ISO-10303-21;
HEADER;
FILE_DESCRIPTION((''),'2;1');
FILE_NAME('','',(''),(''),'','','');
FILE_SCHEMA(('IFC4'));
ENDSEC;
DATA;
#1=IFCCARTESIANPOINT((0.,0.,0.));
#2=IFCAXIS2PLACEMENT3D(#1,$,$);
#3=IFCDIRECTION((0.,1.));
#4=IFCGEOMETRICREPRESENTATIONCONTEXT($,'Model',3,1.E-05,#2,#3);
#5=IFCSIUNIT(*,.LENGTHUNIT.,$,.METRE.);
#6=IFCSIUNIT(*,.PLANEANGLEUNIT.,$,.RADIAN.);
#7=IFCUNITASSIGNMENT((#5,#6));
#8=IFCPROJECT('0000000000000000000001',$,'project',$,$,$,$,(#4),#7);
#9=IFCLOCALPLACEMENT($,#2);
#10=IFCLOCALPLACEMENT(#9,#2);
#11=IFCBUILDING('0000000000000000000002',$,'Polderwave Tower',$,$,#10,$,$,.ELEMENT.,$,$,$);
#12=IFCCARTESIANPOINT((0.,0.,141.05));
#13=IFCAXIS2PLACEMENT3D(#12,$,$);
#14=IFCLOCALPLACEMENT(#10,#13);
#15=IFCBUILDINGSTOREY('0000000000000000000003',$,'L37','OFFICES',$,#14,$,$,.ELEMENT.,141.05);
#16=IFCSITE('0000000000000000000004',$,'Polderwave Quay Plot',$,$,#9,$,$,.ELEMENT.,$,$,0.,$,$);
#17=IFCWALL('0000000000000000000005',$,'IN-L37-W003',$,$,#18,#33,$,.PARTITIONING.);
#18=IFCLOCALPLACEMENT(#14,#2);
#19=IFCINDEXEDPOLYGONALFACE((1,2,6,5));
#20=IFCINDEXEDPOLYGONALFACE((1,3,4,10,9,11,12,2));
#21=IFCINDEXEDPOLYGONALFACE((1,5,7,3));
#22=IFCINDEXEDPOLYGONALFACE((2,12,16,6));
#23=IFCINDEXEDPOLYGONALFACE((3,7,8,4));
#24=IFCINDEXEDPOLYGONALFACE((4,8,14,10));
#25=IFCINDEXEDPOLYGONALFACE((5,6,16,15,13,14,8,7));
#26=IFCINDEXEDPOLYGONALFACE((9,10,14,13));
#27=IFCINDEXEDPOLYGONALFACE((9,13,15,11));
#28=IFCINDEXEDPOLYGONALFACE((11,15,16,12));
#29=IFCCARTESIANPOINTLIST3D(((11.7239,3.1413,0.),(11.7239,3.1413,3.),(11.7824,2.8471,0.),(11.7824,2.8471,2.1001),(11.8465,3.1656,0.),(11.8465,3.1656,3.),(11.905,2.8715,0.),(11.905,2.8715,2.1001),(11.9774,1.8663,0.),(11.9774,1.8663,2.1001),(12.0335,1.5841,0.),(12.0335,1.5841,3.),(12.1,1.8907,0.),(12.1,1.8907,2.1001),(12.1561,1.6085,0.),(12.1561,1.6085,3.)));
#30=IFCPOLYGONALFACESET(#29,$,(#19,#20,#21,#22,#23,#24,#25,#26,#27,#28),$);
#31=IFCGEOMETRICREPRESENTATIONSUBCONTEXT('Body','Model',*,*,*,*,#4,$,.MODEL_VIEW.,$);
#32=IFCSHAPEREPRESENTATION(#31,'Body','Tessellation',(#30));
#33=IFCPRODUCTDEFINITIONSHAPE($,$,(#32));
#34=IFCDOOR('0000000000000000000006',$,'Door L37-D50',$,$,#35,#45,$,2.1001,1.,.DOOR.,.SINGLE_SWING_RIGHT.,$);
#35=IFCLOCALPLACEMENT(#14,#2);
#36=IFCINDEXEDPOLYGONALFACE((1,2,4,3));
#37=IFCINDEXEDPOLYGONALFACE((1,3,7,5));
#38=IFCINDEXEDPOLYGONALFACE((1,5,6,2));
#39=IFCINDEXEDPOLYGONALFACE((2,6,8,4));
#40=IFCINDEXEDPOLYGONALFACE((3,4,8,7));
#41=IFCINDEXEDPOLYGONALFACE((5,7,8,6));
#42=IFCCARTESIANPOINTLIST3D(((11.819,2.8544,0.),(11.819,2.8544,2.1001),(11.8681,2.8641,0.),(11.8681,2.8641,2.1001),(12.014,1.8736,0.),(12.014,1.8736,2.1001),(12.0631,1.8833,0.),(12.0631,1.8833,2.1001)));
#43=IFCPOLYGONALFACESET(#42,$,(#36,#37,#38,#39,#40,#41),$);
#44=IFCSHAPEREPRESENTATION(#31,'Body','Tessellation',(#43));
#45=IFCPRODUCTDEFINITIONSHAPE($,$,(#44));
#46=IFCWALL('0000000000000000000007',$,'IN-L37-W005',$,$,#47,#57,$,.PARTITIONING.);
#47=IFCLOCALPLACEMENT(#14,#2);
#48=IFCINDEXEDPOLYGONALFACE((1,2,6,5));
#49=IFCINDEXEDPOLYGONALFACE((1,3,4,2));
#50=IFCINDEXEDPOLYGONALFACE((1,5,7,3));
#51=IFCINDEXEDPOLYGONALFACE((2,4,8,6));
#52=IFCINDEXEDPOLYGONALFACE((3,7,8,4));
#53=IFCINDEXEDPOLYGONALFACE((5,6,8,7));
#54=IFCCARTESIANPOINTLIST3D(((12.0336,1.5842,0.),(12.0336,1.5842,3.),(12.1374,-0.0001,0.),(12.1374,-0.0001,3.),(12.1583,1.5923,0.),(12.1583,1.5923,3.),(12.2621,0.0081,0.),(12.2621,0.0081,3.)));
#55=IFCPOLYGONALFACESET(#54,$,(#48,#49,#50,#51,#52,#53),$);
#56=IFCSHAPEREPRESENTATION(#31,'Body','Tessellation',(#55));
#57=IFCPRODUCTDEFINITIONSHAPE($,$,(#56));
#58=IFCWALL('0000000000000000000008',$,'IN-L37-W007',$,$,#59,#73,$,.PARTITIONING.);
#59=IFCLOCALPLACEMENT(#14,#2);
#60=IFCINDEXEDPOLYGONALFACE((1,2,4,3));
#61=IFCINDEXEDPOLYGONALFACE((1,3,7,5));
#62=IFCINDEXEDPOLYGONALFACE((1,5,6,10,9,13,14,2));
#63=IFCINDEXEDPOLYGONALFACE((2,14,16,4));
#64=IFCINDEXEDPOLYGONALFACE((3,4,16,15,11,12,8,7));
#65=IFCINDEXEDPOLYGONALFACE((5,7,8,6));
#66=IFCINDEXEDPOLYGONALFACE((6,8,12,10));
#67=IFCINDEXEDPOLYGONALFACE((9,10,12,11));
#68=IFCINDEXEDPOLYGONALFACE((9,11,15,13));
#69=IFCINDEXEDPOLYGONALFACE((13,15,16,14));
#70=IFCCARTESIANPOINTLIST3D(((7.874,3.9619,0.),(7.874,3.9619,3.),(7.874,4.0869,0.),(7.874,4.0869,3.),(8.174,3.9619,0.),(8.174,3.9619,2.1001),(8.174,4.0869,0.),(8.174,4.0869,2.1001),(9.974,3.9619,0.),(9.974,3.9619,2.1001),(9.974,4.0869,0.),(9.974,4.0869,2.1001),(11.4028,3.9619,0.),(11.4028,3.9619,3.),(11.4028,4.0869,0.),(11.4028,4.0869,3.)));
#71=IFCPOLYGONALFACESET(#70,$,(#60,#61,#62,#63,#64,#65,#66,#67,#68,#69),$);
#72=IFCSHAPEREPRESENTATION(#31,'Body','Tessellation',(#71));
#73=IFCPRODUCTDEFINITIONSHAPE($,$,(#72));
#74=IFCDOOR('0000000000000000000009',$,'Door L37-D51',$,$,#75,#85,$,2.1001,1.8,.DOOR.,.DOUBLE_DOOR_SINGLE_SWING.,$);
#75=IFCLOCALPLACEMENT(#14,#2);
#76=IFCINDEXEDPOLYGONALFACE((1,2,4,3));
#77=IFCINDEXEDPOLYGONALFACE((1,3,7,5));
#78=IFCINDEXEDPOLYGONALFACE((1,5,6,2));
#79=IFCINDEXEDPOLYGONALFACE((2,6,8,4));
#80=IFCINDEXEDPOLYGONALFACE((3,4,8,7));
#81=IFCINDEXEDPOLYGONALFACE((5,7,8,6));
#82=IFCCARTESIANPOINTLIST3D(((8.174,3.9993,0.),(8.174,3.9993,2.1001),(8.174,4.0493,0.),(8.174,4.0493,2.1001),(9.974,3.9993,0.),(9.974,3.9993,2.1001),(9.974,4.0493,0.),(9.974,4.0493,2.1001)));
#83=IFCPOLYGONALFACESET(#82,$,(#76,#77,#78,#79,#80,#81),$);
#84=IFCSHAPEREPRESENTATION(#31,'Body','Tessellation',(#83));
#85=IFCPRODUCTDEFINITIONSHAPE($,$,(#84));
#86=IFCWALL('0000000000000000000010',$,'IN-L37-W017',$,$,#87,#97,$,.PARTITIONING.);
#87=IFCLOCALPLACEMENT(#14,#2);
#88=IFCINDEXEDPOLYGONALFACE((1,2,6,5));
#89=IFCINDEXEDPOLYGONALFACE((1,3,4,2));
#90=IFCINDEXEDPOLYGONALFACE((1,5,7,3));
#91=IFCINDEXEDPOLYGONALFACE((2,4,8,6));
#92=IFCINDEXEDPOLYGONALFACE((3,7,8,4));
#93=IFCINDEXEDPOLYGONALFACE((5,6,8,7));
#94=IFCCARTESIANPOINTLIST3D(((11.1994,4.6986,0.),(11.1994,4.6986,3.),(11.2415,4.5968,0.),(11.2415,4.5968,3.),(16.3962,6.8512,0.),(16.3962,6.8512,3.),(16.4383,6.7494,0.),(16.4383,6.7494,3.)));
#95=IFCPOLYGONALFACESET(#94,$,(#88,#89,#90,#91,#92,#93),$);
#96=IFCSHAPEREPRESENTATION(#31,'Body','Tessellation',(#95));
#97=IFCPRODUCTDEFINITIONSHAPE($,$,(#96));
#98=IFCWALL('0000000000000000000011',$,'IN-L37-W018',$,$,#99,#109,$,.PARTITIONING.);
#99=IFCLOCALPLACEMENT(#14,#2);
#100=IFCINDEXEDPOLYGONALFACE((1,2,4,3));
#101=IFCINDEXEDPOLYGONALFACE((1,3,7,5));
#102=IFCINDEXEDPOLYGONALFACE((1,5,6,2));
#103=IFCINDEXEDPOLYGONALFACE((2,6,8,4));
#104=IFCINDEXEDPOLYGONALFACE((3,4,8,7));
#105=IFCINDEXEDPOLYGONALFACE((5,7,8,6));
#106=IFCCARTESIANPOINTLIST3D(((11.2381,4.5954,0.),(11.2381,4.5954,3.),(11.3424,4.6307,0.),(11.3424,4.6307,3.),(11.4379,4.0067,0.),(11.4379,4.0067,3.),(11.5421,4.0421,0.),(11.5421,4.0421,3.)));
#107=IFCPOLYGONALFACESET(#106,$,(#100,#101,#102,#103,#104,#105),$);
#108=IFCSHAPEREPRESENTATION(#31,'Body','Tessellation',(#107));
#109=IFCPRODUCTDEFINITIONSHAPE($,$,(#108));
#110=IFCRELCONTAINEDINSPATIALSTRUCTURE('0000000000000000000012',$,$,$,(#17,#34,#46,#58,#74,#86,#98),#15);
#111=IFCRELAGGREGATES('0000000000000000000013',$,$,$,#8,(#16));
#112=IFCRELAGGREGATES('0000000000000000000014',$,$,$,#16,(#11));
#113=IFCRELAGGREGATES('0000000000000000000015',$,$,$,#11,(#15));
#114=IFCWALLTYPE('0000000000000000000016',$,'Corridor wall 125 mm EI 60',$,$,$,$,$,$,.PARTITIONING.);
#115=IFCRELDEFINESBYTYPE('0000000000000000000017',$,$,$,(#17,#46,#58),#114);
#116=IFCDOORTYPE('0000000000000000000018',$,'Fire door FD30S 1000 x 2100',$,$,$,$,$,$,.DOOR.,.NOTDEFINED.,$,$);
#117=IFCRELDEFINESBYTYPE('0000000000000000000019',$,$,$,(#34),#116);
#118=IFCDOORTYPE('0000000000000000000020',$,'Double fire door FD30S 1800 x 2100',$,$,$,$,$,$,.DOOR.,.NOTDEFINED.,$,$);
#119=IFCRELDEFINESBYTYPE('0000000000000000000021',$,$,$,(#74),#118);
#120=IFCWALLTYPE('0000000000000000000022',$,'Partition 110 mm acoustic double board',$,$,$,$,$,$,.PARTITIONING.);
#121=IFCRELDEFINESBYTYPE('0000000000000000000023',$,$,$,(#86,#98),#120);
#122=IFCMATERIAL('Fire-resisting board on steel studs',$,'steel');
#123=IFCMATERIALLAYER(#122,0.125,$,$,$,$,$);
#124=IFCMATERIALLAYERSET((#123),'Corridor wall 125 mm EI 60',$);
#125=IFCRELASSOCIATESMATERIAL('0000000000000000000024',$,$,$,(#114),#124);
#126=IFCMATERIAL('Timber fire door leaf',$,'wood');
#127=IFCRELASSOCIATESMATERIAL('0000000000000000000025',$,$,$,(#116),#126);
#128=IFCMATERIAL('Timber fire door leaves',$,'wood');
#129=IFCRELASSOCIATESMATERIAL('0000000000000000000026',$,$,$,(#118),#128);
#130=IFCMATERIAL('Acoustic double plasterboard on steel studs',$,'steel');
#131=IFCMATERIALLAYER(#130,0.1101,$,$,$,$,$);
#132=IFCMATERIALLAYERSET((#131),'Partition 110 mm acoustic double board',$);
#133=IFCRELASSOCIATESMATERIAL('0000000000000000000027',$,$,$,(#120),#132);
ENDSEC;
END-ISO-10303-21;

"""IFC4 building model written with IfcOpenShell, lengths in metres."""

from ifc_helpers import new_model, si_unit, direction, frame, frame_2d, origin, place, context, subcontext, project, spatial, rectangle, extrude, material, layer, layer_set, type_object, element, fill, save


model = new_model("IFC4")

# Units and contexts
model_context = context("Model", 3, precision=1e-05, world=origin(), true_north=direction((0.0, 1.0)))
body_context = subcontext(model_context, "Body", "Model", "MODEL_VIEW")
ifc_project = project(units=[si_unit("LENGTHUNIT", "METRE"), si_unit("PLANEANGLEUNIT", "RADIAN")], contexts=[model_context])

# Site, building, storey
site_placement = place(None, origin())
site = spatial("IfcSite", under=ifc_project, at=site_placement, Name="Polderwave Quay Plot", CompositionType="ELEMENT", RefElevation=0.0)
building_placement = place(site_placement, origin())
building = spatial("IfcBuilding", under=site, at=building_placement, Name="Polderwave Tower", CompositionType="ELEMENT")
storey_placement = place(building_placement, frame((0.0, 0.0, 141.05)))
storey = spatial("IfcBuildingStorey", under=building, at=storey_placement, Name="L37", Description="OFFICES", CompositionType="ELEMENT", Elevation=141.05)

# Shared definitions
ifc_material_1 = material(Name="Fire-resisting board on steel studs", Category="steel")
ifc_layer_1 = layer(ifc_material_1, 0.125)
ifc_layer_set_1 = layer_set([ifc_layer_1], Name="Corridor wall 125 mm EI 60")
wall_type_1 = type_object("IfcWallType", Name="Corridor wall 125 mm EI 60", PredefinedType="PARTITIONING", material=ifc_layer_set_1)

# Wall, opening, door
wall_1_placement = place(storey_placement, frame((11.7852, 3.1536, 0.0), z_axis=(0.0, 0.0, 1.0), x_axis=(0.194992, -0.980805, 0.0)))
wall_1 = element("IfcWall", 1, at=wall_1_placement, inside=storey, type_object=wall_type_1, Name="IN-L37-W003", PredefinedType="PARTITIONING", context=body_context, shape_type="SweptSolid", body=[
    extrude(rectangle(XDim=1.5876, YDim=0.125, at=frame_2d((0.7939, 0.0))), origin(), (0.0, 0.0, 1.0), 3.0),
])
opening_1_placement = place(wall_1_placement, frame((0.3, 0.0, 0.0)))
opening_1 = element("IfcOpeningElement", 2, at=opening_1_placement, cuts=wall_1, PredefinedType="OPENING", context=body_context, shape_type="SweptSolid", body=[
    extrude(rectangle(XDim=1.0, YDim=2.1001, at=frame_2d((0.5, 1.05))), frame((0.0, 0.0725, 0.0), z_axis=(0.0, -1.0, 0.0), x_axis=(1.0, 0.0, 0.0)), (0.0, 0.0, 1.0), 0.145),
])
ifc_material_2 = material(Name="Timber fire door leaf", Category="wood")
door_type_1 = type_object("IfcDoorType", Name="Fire door FD30S 1000 x 2100", OperationType="NOTDEFINED", PredefinedType="DOOR", material=ifc_material_2)
door_1_placement = place(opening_1_placement, origin())
door_1 = element("IfcDoor", 3, at=door_1_placement, inside=storey, type_object=door_type_1, Name="Door L37-D50", OperationType="SINGLE_SWING_RIGHT", OverallHeight=2.1001, OverallWidth=1.0, PredefinedType="DOOR", context=body_context, shape_type="SweptSolid", body=[
    extrude(rectangle(XDim=1.0, YDim=2.1001, at=frame_2d((0.5, 1.05))), frame((0.0, 0.0249, 0.0), z_axis=(0.0, -1.0, 0.0), x_axis=(1.0, 0.0, 0.0)), (0.0, 0.0, 1.0), 0.05),
])
fill(opening_1, door_1)

# Wall
wall_2_placement = place(storey_placement, frame((12.0959, 1.5884, 0.0), z_axis=(0.0, 0.0, 1.0), x_axis=(0.065355, -0.997862, 0.0)))
element("IfcWall", 4, at=wall_2_placement, inside=storey, type_object=wall_type_1, Name="IN-L37-W005", PredefinedType="PARTITIONING", context=body_context, shape_type="SweptSolid", body=[
    extrude(rectangle(XDim=1.5876, YDim=0.125, at=frame_2d((0.7939, 0.0))), origin(), (0.0, 0.0, 1.0), 3.0),
])

# Wall, opening, door
wall_3_placement = place(storey_placement, frame((7.874, 4.0244, 0.0), z_axis=(0.0, 0.0, 1.0), x_axis=(1.0, 0.0, 0.0)))
wall_3 = element("IfcWall", 5, at=wall_3_placement, inside=storey, type_object=wall_type_1, Name="IN-L37-W007", PredefinedType="PARTITIONING", context=body_context, shape_type="SweptSolid", body=[
    extrude(rectangle(XDim=3.5288, YDim=0.125, at=frame_2d((1.7644, 0.0))), origin(), (0.0, 0.0, 1.0), 3.0),
])
opening_2_placement = place(wall_3_placement, frame((0.3, 0.0, 0.0)))
opening_2 = element("IfcOpeningElement", 6, at=opening_2_placement, cuts=wall_3, PredefinedType="OPENING", context=body_context, shape_type="SweptSolid", body=[
    extrude(rectangle(XDim=1.8, YDim=2.1001, at=frame_2d((0.8999, 1.05))), frame((0.0, 0.0725, 0.0), z_axis=(0.0, -1.0, 0.0), x_axis=(1.0, 0.0, 0.0)), (0.0, 0.0, 1.0), 0.145),
])
ifc_material_3 = material(Name="Timber fire door leaves", Category="wood")
door_type_2 = type_object("IfcDoorType", Name="Double fire door FD30S 1800 x 2100", OperationType="NOTDEFINED", PredefinedType="DOOR", material=ifc_material_3)
door_2_placement = place(opening_2_placement, origin())
door_2 = element("IfcDoor", 7, at=door_2_placement, inside=storey, type_object=door_type_2, Name="Door L37-D51", OperationType="DOUBLE_DOOR_SINGLE_SWING", OverallHeight=2.1001, OverallWidth=1.8, PredefinedType="DOOR", context=body_context, shape_type="SweptSolid", body=[
    extrude(rectangle(XDim=1.8, YDim=2.1001, at=frame_2d((0.8999, 1.05))), frame((0.0, 0.0249, 0.0), z_axis=(0.0, -1.0, 0.0), x_axis=(1.0, 0.0, 0.0)), (0.0, 0.0, 1.0), 0.05),
])
fill(opening_2, door_2)

# Walls
ifc_material_4 = material(Name="Acoustic double plasterboard on steel studs", Category="steel")
ifc_layer_2 = layer(ifc_material_4, 0.1101)
ifc_layer_set_2 = layer_set([ifc_layer_2], Name="Partition 110 mm acoustic double board")
wall_type_2 = type_object("IfcWallType", Name="Partition 110 mm acoustic double board", PredefinedType="PARTITIONING", material=ifc_layer_set_2)
wall_4_placement = place(storey_placement, frame((11.2205, 4.6477, 0.0), z_axis=(0.0, 0.0, 1.0), x_axis=(0.923879, 0.382685, 0.0)))
element("IfcWall", 8, at=wall_4_placement, inside=storey, type_object=wall_type_2, Name="IN-L37-W017", PredefinedType="PARTITIONING", context=body_context, shape_type="SweptSolid", body=[
    extrude(rectangle(XDim=5.625, YDim=0.1101, at=frame_2d((2.8125, 0.0))), origin(), (0.0, 0.0, 1.0), 3.0),
])
wall_5_placement = place(storey_placement, frame((11.49, 4.0244, 0.0), z_axis=(0.0, 0.0, 1.0), x_axis=(-0.32129, 0.946981, 0.0)))
element("IfcWall", 9, at=wall_5_placement, inside=storey, type_object=wall_type_2, Name="IN-L37-W018", PredefinedType="PARTITIONING", context=body_context, shape_type="SweptSolid", body=[
    extrude(rectangle(XDim=0.6216, YDim=0.1101, at=frame_2d((0.3108, 0.0))), origin(), (0.0, 0.0, 1.0), 3.0),
])

save(model, "model.ifc")
